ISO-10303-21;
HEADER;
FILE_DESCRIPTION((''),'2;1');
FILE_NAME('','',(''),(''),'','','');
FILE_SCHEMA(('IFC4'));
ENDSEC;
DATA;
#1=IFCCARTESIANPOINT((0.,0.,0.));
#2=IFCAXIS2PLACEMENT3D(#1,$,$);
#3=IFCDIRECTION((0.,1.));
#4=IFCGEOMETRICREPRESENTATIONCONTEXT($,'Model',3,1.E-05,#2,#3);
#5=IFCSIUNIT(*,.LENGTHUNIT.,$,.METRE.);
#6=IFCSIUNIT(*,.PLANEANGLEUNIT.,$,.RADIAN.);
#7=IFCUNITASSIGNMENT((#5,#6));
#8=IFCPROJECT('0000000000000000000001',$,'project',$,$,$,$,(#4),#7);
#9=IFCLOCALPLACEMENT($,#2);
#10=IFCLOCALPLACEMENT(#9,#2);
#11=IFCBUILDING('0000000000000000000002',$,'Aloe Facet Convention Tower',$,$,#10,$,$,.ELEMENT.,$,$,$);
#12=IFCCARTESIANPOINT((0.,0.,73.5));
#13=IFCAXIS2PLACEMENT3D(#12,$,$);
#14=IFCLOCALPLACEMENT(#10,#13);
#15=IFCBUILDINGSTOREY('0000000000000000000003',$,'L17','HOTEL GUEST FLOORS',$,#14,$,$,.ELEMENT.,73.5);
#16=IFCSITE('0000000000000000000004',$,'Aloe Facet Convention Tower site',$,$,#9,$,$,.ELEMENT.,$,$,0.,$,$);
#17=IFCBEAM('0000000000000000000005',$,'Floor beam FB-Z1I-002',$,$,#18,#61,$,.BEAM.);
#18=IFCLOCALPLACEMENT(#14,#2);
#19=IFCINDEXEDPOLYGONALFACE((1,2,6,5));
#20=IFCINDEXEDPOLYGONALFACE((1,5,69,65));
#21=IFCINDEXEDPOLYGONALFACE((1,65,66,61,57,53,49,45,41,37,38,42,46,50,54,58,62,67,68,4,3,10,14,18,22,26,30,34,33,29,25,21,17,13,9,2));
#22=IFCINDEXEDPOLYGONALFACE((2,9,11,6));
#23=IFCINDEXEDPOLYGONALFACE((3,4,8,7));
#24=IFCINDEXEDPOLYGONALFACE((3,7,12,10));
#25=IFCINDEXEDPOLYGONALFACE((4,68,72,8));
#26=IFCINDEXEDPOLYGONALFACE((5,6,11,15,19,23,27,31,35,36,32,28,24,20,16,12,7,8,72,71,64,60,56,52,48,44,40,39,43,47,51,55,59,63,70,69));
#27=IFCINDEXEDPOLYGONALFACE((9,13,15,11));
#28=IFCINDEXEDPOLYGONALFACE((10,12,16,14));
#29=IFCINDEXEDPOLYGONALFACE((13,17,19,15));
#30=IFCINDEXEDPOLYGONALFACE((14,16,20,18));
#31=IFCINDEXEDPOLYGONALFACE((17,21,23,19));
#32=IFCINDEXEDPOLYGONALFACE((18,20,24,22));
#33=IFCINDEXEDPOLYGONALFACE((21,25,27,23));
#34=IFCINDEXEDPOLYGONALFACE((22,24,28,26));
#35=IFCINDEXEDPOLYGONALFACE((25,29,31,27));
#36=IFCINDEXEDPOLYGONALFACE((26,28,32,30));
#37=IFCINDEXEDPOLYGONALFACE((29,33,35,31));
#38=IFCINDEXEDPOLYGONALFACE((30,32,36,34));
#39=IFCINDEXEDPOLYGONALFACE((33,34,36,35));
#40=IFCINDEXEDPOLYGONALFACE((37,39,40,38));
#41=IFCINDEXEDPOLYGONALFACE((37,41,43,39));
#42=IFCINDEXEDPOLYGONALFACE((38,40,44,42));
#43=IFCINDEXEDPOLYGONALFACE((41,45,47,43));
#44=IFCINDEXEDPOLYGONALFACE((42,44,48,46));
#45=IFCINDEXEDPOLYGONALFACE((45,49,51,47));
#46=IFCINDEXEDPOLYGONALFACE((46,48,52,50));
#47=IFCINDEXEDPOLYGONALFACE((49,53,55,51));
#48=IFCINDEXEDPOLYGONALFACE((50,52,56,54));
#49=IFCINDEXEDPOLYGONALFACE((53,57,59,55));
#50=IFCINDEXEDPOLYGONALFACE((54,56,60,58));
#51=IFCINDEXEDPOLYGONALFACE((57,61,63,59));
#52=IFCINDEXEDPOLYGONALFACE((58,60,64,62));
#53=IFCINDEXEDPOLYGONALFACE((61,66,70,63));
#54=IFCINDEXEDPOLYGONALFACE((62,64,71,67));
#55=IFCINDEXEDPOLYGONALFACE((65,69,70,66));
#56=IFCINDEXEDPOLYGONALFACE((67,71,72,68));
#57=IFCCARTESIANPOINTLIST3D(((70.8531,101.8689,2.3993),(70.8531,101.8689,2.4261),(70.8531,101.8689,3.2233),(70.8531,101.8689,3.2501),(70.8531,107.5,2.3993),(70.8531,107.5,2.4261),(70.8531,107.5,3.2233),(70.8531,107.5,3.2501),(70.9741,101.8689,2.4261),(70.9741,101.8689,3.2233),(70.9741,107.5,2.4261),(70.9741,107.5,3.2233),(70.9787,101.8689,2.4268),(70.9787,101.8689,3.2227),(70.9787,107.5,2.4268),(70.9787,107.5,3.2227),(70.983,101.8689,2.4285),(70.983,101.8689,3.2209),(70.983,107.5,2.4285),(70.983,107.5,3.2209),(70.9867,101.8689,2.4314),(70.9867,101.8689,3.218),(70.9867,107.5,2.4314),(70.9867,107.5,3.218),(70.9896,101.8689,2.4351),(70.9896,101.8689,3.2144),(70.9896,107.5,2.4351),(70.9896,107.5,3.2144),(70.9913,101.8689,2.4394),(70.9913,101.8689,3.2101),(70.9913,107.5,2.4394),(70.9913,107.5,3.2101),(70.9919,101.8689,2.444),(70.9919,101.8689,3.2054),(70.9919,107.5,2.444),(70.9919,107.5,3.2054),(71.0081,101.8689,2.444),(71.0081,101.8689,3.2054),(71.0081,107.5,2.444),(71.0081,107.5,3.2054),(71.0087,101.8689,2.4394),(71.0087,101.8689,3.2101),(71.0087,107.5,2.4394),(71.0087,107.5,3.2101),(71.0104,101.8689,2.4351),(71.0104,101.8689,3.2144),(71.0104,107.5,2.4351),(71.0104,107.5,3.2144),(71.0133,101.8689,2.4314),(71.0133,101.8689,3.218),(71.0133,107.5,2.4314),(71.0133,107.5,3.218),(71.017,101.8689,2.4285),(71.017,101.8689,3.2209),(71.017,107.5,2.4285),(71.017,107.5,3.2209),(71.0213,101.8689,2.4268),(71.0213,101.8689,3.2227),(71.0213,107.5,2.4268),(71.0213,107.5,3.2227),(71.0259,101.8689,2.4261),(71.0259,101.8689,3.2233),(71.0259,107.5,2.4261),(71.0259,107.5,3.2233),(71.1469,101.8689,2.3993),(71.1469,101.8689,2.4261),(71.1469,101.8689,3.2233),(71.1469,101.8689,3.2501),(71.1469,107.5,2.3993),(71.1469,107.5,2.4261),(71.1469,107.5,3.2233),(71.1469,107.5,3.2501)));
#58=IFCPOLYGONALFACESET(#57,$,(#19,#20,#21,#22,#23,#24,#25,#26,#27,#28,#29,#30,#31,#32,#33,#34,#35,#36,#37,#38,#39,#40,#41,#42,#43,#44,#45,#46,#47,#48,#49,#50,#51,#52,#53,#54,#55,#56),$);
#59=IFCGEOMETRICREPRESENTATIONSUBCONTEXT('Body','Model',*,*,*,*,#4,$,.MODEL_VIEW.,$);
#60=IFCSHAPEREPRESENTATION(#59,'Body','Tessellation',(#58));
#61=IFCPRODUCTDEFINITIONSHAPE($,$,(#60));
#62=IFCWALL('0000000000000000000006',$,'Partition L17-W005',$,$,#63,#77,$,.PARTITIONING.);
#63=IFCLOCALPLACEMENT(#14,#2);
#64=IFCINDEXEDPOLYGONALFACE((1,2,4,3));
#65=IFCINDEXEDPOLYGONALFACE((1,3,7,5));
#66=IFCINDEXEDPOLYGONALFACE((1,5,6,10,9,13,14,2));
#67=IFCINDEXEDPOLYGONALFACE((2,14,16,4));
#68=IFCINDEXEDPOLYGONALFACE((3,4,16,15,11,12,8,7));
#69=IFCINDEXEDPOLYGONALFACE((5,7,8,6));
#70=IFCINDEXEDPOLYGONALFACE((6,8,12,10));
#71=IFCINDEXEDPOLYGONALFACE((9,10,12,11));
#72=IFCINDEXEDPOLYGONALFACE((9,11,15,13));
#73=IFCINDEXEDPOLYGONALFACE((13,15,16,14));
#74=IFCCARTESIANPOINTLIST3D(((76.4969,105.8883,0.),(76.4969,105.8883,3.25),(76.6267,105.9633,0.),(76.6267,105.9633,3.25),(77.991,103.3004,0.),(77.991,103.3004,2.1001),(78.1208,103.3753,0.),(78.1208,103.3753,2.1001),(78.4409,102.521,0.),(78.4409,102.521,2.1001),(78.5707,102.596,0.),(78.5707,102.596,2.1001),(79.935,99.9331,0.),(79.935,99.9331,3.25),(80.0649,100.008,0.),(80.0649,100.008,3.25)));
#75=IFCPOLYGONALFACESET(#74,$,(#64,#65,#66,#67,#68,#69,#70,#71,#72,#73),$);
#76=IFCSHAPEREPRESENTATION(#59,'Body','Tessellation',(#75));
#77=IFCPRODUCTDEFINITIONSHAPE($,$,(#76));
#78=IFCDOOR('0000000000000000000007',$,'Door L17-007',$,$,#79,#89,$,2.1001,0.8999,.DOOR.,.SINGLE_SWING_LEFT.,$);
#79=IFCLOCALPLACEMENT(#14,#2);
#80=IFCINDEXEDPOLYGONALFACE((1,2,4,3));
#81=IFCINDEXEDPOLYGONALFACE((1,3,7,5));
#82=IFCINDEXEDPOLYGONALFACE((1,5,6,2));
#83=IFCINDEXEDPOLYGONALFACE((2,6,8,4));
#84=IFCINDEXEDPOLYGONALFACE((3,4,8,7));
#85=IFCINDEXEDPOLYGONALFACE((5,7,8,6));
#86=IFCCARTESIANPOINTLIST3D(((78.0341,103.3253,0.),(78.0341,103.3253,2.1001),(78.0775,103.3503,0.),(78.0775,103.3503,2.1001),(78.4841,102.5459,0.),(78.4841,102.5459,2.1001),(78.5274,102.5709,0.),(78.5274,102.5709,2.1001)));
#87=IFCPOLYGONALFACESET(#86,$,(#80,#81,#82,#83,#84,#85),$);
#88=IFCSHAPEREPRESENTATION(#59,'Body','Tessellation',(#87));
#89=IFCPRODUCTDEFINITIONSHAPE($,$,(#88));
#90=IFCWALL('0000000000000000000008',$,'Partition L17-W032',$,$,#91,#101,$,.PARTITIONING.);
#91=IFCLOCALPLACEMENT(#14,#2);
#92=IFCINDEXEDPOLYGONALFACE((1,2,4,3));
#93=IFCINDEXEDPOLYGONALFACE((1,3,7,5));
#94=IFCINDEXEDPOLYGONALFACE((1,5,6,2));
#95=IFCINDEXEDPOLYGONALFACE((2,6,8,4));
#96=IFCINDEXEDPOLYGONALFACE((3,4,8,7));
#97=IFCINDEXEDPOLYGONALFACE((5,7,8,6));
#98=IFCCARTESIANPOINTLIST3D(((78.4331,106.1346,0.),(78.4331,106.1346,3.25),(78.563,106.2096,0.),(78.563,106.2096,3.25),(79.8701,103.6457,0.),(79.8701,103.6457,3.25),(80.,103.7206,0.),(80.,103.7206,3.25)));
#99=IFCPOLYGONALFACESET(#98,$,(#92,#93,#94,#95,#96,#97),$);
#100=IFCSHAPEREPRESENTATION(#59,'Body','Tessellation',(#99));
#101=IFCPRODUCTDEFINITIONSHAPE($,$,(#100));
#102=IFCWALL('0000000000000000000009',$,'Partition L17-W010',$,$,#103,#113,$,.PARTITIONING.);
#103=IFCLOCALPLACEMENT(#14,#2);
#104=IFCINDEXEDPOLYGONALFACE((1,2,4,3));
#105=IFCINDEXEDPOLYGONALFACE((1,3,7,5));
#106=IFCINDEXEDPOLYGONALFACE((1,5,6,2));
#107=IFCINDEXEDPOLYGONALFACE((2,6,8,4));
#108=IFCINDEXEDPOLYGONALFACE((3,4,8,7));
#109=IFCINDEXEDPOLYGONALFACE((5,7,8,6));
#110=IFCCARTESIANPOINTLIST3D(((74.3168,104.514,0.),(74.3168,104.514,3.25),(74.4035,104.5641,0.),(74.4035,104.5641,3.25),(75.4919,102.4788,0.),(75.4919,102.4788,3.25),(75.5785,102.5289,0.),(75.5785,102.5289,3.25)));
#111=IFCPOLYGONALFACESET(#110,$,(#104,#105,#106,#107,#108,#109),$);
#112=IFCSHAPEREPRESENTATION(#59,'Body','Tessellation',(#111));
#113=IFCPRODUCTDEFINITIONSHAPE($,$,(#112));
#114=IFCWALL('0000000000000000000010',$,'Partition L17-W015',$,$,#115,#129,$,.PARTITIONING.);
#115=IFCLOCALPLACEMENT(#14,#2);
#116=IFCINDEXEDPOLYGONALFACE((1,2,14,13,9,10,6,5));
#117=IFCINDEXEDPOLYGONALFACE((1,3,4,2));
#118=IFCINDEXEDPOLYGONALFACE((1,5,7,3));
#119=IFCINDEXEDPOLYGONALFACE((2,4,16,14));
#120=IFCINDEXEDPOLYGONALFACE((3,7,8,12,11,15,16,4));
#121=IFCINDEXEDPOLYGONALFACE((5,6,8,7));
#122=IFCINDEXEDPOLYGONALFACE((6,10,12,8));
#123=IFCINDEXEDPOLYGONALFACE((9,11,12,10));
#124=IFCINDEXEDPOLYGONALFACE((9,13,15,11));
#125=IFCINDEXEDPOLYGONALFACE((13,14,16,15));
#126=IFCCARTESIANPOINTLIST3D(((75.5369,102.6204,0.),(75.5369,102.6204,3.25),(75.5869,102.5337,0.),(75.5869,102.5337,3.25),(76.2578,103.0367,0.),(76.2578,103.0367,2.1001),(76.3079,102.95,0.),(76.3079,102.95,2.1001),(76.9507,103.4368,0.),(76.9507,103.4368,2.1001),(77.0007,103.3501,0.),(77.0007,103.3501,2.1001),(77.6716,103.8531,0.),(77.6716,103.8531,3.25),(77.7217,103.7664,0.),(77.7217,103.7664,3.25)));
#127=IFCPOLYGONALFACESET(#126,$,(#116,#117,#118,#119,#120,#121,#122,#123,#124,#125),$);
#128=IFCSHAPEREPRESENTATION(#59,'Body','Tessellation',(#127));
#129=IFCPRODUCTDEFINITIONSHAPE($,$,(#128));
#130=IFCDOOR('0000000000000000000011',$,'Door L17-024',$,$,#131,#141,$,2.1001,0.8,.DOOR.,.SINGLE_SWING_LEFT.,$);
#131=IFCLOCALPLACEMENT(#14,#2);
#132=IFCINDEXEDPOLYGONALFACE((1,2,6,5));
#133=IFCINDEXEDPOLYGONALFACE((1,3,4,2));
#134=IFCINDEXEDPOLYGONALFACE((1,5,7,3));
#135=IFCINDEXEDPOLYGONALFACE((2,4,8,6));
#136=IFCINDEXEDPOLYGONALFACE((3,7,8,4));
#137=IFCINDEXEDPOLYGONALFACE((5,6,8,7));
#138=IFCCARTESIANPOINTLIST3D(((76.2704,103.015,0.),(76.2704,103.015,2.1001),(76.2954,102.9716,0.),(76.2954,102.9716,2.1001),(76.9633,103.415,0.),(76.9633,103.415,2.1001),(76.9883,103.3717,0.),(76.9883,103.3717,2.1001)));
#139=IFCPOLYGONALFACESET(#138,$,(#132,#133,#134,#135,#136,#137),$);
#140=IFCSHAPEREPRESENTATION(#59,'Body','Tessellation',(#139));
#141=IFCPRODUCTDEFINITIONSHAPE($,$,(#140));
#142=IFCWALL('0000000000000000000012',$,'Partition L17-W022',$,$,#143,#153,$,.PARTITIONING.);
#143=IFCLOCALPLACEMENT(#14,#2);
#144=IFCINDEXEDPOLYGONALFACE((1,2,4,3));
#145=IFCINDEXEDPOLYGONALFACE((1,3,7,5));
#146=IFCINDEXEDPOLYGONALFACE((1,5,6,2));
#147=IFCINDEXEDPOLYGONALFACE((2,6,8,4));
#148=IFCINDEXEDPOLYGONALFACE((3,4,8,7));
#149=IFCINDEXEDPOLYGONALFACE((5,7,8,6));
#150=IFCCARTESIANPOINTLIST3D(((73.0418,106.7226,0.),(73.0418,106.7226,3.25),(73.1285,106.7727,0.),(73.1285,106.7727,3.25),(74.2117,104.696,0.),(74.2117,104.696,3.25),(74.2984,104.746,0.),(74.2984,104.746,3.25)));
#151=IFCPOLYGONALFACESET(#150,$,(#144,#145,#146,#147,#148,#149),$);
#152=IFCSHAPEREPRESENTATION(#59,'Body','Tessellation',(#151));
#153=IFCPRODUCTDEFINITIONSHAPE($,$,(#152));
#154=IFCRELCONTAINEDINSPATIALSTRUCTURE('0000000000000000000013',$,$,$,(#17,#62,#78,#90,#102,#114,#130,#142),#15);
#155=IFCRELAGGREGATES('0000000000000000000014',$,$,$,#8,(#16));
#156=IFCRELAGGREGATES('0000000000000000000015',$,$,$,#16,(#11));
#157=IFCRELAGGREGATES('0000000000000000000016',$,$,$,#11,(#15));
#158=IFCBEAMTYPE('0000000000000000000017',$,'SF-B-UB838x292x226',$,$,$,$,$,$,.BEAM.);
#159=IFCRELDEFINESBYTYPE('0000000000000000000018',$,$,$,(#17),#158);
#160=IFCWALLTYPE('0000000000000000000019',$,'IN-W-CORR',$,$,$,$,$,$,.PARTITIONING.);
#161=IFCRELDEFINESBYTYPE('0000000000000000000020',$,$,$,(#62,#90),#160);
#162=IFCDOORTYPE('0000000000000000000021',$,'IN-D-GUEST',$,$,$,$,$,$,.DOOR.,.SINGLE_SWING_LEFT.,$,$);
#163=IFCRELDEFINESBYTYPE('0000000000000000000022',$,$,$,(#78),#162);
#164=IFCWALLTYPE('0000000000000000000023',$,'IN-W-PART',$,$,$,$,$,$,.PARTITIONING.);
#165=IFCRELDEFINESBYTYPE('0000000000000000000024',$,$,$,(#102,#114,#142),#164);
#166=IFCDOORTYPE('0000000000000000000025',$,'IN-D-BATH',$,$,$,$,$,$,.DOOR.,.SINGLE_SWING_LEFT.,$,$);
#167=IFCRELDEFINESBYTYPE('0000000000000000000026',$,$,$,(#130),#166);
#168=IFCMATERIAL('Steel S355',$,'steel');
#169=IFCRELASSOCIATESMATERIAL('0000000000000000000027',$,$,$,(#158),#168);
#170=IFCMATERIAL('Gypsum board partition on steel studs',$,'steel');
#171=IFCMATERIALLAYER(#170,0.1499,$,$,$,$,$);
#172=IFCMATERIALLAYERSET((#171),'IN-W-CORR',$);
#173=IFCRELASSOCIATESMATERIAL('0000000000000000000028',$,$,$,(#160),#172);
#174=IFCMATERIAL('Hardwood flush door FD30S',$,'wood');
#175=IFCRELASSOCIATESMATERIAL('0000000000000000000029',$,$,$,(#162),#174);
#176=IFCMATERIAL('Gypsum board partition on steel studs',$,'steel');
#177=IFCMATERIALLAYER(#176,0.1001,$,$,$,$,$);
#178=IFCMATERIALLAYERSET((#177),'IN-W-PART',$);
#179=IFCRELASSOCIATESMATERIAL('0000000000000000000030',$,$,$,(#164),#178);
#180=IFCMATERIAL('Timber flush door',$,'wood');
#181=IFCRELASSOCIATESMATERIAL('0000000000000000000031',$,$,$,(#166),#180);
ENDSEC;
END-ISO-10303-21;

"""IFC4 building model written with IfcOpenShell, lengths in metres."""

from ifc_helpers import new_model, si_unit, direction, frame, frame_2d, origin, origin_2d, place, context, subcontext, project, spatial, rectangle, i_section, extrude, material, layer, layer_set, material_profile, profile_set, type_object, element, fill, save


model = new_model("IFC4")

# Units and contexts
model_context = context("Model", 3, precision=1e-05, world=origin(), true_north=direction((0.0, 1.0)))
body_context = subcontext(model_context, "Body", "Model", "MODEL_VIEW")
ifc_project = project(units=[si_unit("LENGTHUNIT", "METRE"), si_unit("PLANEANGLEUNIT", "RADIAN")], contexts=[model_context])

# Site, building, storey
site_placement = place(None, origin())
site = spatial("IfcSite", under=ifc_project, at=site_placement, Name="Aloe Facet Convention Tower site", CompositionType="ELEMENT", RefElevation=0.0)
building_placement = place(site_placement, origin())
building = spatial("IfcBuilding", under=site, at=building_placement, Name="Aloe Facet Convention Tower", CompositionType="ELEMENT")
storey_placement = place(building_placement, frame((0.0, 0.0, 73.5)))
storey = spatial("IfcBuildingStorey", under=building, at=storey_placement, Name="L17", Description="HOTEL GUEST FLOORS", CompositionType="ELEMENT", Elevation=73.5)

# Beam
ifc_material_1 = material(Name="Steel S355", Category="steel")
ifc_material_profile_1 = material_profile(ifc_material_1, i_section(OverallWidth=0.2937, OverallDepth=0.8508, WebThickness=0.0161, FlangeThickness=0.0269, FilletRadius=0.0178, at=origin_2d()), Name="UB 838x292x226")
ifc_profile_set_1 = profile_set([ifc_material_profile_1], Name="Steel S355")
beam_type_1 = type_object("IfcBeamType", Name="SF-B-UB838x292x226", PredefinedType="BEAM", material=ifc_profile_set_1)
beam_1_placement = place(storey_placement, frame((71.0, 107.5, 2.8247), z_axis=(0.0, -1.0, 0.0), x_axis=(1.0, 0.0, 0.0)))
element("IfcBeam", 1, at=beam_1_placement, inside=storey, type_object=beam_type_1, Name="Floor beam FB-Z1I-002", PredefinedType="BEAM", context=body_context, shape_type="SweptSolid", body=[
    extrude(i_section(OverallWidth=0.2937, OverallDepth=0.8508, WebThickness=0.0161, FlangeThickness=0.0269, FilletRadius=0.0178, at=origin_2d()), origin(), (0.0, 0.0, 1.0), 5.6311),
])

# Wall, opening, door
ifc_material_2 = material(Name="Gypsum board partition on steel studs", Category="steel")
ifc_layer_1 = layer(ifc_material_2, 0.1499)
ifc_layer_set_1 = layer_set([ifc_layer_1], Name="IN-W-CORR")
wall_type_1 = type_object("IfcWallType", Name="IN-W-CORR", PredefinedType="PARTITIONING", material=ifc_layer_set_1)
wall_1_placement = place(storey_placement, frame((76.5618, 105.9258, 0.0), z_axis=(0.0, 0.0, 1.0), x_axis=(0.499992, -0.86603, 0.0)))
wall_1 = element("IfcWall", 2, at=wall_1_placement, inside=storey, type_object=wall_type_1, Name="Partition L17-W005", PredefinedType="PARTITIONING", context=body_context, shape_type="SweptSolid", body=[
    extrude(rectangle(XDim=6.8765, YDim=0.1499, at=frame_2d((3.4382, 0.0))), origin(), (0.0, 0.0, 1.0), 3.25),
])
opening_1_placement = place(wall_1_placement, frame((2.9883, 0.0, 0.0)))
opening_1 = element("IfcOpeningElement", 3, at=opening_1_placement, cuts=wall_1, PredefinedType="OPENING", context=body_context, shape_type="SweptSolid", body=[
    extrude(rectangle(XDim=0.8999, YDim=2.1001, at=frame_2d((0.45, 1.05))), frame((0.0, 0.085, 0.0), z_axis=(0.0, -1.0, 0.0), x_axis=(1.0, 0.0, 0.0)), (0.0, 0.0, 1.0), 0.1699),
])
ifc_material_3 = material(Name="Hardwood flush door FD30S", Category="wood")
door_type_1 = type_object("IfcDoorType", Name="IN-D-GUEST", OperationType="SINGLE_SWING_LEFT", PredefinedType="DOOR", material=ifc_material_3)
door_1_placement = place(opening_1_placement, origin())
door_1 = element("IfcDoor", 4, at=door_1_placement, inside=storey, type_object=door_type_1, Name="Door L17-007", OperationType="SINGLE_SWING_LEFT", OverallHeight=2.1001, OverallWidth=0.8999, PredefinedType="DOOR", context=body_context, shape_type="SweptSolid", body=[
    extrude(rectangle(XDim=0.8999, YDim=2.1001, at=frame_2d((0.45, 1.05))), frame((0.0, 0.0249, 0.0), z_axis=(0.0, -1.0, 0.0), x_axis=(1.0, 0.0, 0.0)), (0.0, 0.0, 1.0), 0.05),
])
fill(opening_1, door_1)

# Walls
wall_2_placement = place(storey_placement, frame((78.498, 106.1721, 0.0), z_axis=(0.0, 0.0, 1.0), x_axis=(0.499995, -0.866029, 0.0)))
element("IfcWall", 5, at=wall_2_placement, inside=storey, type_object=wall_type_1, Name="Partition L17-W032", PredefinedType="PARTITIONING", context=body_context, shape_type="SweptSolid", body=[
    extrude(rectangle(XDim=2.874, YDim=0.1499, at=frame_2d((1.437, 0.0))), origin(), (0.0, 0.0, 1.0), 3.25),
])
ifc_material_4 = material(Name="Gypsum board partition on steel studs", Category="steel")
ifc_layer_2 = layer(ifc_material_4, 0.1001)
ifc_layer_set_2 = layer_set([ifc_layer_2], Name="IN-W-PART")
wall_type_2 = type_object("IfcWallType", Name="IN-W-PART", PredefinedType="PARTITIONING", material=ifc_layer_set_2)
wall_3_placement = place(storey_placement, frame((74.3601, 104.5391, 0.0), z_axis=(0.0, 0.0, 1.0), x_axis=(0.500016, -0.866016, 0.0)))
element("IfcWall", 6, at=wall_3_placement, inside=storey, type_object=wall_type_2, Name="Partition L17-W010", PredefinedType="PARTITIONING", context=body_context, shape_type="SweptSolid", body=[
    extrude(rectangle(XDim=2.3501, YDim=0.1001, at=frame_2d((1.175, 0.0))), origin(), (0.0, 0.0, 1.0), 3.25),
])

# Wall, opening, door
wall_4_placement = place(storey_placement, frame((75.562, 102.5771, 0.0), z_axis=(0.0, 0.0, 1.0), x_axis=(0.865998, 0.500048, 0.0)))
wall_4 = element("IfcWall", 7, at=wall_4_placement, inside=storey, type_object=wall_type_2, Name="Partition L17-W015", PredefinedType="PARTITIONING", context=body_context, shape_type="SweptSolid", body=[
    extrude(rectangle(XDim=2.4651, YDim=0.1001, at=frame_2d((1.2324, 0.0))), origin(), (0.0, 0.0, 1.0), 3.25),
])
opening_2_placement = place(wall_4_placement, frame((0.8325, 0.0, 0.0)))
opening_2 = element("IfcOpeningElement", 8, at=opening_2_placement, cuts=wall_4, PredefinedType="OPENING", context=body_context, shape_type="SweptSolid", body=[
    extrude(rectangle(XDim=0.8, YDim=2.1001, at=frame_2d((0.3999, 1.05))), frame((0.0, 0.0601, 0.0), z_axis=(0.0, -1.0, 0.0), x_axis=(1.0, 0.0, 0.0)), (0.0, 0.0, 1.0), 0.1201),
])
ifc_material_5 = material(Name="Timber flush door", Category="wood")
door_type_2 = type_object("IfcDoorType", Name="IN-D-BATH", OperationType="SINGLE_SWING_LEFT", PredefinedType="DOOR", material=ifc_material_5)
door_2_placement = place(opening_2_placement, origin())
door_2 = element("IfcDoor", 9, at=door_2_placement, inside=storey, type_object=door_type_2, Name="Door L17-024", OperationType="SINGLE_SWING_LEFT", OverallHeight=2.1001, OverallWidth=0.8, PredefinedType="DOOR", context=body_context, shape_type="SweptSolid", body=[
    extrude(rectangle(XDim=0.8, YDim=2.1001, at=frame_2d((0.3999, 1.05))), frame((0.0, 0.0249, 0.0), z_axis=(0.0, -1.0, 0.0), x_axis=(1.0, 0.0, 0.0)), (0.0, 0.0, 1.0), 0.05),
])
fill(opening_2, door_2)

# Wall
wall_5_placement = place(storey_placement, frame((73.0852, 106.7476, 0.0), z_axis=(0.0, 0.0, 1.0), x_axis=(0.499954, -0.866052, 0.0)))
element("IfcWall", 10, at=wall_5_placement, inside=storey, type_object=wall_type_2, Name="Partition L17-W022", PredefinedType="PARTITIONING", context=body_context, shape_type="SweptSolid", body=[
    extrude(rectangle(XDim=2.3401, YDim=0.1001, at=frame_2d((1.1699, 0.0))), origin(), (0.0, 0.0, 1.0), 3.25),
])

save(model, "model.ifc")
